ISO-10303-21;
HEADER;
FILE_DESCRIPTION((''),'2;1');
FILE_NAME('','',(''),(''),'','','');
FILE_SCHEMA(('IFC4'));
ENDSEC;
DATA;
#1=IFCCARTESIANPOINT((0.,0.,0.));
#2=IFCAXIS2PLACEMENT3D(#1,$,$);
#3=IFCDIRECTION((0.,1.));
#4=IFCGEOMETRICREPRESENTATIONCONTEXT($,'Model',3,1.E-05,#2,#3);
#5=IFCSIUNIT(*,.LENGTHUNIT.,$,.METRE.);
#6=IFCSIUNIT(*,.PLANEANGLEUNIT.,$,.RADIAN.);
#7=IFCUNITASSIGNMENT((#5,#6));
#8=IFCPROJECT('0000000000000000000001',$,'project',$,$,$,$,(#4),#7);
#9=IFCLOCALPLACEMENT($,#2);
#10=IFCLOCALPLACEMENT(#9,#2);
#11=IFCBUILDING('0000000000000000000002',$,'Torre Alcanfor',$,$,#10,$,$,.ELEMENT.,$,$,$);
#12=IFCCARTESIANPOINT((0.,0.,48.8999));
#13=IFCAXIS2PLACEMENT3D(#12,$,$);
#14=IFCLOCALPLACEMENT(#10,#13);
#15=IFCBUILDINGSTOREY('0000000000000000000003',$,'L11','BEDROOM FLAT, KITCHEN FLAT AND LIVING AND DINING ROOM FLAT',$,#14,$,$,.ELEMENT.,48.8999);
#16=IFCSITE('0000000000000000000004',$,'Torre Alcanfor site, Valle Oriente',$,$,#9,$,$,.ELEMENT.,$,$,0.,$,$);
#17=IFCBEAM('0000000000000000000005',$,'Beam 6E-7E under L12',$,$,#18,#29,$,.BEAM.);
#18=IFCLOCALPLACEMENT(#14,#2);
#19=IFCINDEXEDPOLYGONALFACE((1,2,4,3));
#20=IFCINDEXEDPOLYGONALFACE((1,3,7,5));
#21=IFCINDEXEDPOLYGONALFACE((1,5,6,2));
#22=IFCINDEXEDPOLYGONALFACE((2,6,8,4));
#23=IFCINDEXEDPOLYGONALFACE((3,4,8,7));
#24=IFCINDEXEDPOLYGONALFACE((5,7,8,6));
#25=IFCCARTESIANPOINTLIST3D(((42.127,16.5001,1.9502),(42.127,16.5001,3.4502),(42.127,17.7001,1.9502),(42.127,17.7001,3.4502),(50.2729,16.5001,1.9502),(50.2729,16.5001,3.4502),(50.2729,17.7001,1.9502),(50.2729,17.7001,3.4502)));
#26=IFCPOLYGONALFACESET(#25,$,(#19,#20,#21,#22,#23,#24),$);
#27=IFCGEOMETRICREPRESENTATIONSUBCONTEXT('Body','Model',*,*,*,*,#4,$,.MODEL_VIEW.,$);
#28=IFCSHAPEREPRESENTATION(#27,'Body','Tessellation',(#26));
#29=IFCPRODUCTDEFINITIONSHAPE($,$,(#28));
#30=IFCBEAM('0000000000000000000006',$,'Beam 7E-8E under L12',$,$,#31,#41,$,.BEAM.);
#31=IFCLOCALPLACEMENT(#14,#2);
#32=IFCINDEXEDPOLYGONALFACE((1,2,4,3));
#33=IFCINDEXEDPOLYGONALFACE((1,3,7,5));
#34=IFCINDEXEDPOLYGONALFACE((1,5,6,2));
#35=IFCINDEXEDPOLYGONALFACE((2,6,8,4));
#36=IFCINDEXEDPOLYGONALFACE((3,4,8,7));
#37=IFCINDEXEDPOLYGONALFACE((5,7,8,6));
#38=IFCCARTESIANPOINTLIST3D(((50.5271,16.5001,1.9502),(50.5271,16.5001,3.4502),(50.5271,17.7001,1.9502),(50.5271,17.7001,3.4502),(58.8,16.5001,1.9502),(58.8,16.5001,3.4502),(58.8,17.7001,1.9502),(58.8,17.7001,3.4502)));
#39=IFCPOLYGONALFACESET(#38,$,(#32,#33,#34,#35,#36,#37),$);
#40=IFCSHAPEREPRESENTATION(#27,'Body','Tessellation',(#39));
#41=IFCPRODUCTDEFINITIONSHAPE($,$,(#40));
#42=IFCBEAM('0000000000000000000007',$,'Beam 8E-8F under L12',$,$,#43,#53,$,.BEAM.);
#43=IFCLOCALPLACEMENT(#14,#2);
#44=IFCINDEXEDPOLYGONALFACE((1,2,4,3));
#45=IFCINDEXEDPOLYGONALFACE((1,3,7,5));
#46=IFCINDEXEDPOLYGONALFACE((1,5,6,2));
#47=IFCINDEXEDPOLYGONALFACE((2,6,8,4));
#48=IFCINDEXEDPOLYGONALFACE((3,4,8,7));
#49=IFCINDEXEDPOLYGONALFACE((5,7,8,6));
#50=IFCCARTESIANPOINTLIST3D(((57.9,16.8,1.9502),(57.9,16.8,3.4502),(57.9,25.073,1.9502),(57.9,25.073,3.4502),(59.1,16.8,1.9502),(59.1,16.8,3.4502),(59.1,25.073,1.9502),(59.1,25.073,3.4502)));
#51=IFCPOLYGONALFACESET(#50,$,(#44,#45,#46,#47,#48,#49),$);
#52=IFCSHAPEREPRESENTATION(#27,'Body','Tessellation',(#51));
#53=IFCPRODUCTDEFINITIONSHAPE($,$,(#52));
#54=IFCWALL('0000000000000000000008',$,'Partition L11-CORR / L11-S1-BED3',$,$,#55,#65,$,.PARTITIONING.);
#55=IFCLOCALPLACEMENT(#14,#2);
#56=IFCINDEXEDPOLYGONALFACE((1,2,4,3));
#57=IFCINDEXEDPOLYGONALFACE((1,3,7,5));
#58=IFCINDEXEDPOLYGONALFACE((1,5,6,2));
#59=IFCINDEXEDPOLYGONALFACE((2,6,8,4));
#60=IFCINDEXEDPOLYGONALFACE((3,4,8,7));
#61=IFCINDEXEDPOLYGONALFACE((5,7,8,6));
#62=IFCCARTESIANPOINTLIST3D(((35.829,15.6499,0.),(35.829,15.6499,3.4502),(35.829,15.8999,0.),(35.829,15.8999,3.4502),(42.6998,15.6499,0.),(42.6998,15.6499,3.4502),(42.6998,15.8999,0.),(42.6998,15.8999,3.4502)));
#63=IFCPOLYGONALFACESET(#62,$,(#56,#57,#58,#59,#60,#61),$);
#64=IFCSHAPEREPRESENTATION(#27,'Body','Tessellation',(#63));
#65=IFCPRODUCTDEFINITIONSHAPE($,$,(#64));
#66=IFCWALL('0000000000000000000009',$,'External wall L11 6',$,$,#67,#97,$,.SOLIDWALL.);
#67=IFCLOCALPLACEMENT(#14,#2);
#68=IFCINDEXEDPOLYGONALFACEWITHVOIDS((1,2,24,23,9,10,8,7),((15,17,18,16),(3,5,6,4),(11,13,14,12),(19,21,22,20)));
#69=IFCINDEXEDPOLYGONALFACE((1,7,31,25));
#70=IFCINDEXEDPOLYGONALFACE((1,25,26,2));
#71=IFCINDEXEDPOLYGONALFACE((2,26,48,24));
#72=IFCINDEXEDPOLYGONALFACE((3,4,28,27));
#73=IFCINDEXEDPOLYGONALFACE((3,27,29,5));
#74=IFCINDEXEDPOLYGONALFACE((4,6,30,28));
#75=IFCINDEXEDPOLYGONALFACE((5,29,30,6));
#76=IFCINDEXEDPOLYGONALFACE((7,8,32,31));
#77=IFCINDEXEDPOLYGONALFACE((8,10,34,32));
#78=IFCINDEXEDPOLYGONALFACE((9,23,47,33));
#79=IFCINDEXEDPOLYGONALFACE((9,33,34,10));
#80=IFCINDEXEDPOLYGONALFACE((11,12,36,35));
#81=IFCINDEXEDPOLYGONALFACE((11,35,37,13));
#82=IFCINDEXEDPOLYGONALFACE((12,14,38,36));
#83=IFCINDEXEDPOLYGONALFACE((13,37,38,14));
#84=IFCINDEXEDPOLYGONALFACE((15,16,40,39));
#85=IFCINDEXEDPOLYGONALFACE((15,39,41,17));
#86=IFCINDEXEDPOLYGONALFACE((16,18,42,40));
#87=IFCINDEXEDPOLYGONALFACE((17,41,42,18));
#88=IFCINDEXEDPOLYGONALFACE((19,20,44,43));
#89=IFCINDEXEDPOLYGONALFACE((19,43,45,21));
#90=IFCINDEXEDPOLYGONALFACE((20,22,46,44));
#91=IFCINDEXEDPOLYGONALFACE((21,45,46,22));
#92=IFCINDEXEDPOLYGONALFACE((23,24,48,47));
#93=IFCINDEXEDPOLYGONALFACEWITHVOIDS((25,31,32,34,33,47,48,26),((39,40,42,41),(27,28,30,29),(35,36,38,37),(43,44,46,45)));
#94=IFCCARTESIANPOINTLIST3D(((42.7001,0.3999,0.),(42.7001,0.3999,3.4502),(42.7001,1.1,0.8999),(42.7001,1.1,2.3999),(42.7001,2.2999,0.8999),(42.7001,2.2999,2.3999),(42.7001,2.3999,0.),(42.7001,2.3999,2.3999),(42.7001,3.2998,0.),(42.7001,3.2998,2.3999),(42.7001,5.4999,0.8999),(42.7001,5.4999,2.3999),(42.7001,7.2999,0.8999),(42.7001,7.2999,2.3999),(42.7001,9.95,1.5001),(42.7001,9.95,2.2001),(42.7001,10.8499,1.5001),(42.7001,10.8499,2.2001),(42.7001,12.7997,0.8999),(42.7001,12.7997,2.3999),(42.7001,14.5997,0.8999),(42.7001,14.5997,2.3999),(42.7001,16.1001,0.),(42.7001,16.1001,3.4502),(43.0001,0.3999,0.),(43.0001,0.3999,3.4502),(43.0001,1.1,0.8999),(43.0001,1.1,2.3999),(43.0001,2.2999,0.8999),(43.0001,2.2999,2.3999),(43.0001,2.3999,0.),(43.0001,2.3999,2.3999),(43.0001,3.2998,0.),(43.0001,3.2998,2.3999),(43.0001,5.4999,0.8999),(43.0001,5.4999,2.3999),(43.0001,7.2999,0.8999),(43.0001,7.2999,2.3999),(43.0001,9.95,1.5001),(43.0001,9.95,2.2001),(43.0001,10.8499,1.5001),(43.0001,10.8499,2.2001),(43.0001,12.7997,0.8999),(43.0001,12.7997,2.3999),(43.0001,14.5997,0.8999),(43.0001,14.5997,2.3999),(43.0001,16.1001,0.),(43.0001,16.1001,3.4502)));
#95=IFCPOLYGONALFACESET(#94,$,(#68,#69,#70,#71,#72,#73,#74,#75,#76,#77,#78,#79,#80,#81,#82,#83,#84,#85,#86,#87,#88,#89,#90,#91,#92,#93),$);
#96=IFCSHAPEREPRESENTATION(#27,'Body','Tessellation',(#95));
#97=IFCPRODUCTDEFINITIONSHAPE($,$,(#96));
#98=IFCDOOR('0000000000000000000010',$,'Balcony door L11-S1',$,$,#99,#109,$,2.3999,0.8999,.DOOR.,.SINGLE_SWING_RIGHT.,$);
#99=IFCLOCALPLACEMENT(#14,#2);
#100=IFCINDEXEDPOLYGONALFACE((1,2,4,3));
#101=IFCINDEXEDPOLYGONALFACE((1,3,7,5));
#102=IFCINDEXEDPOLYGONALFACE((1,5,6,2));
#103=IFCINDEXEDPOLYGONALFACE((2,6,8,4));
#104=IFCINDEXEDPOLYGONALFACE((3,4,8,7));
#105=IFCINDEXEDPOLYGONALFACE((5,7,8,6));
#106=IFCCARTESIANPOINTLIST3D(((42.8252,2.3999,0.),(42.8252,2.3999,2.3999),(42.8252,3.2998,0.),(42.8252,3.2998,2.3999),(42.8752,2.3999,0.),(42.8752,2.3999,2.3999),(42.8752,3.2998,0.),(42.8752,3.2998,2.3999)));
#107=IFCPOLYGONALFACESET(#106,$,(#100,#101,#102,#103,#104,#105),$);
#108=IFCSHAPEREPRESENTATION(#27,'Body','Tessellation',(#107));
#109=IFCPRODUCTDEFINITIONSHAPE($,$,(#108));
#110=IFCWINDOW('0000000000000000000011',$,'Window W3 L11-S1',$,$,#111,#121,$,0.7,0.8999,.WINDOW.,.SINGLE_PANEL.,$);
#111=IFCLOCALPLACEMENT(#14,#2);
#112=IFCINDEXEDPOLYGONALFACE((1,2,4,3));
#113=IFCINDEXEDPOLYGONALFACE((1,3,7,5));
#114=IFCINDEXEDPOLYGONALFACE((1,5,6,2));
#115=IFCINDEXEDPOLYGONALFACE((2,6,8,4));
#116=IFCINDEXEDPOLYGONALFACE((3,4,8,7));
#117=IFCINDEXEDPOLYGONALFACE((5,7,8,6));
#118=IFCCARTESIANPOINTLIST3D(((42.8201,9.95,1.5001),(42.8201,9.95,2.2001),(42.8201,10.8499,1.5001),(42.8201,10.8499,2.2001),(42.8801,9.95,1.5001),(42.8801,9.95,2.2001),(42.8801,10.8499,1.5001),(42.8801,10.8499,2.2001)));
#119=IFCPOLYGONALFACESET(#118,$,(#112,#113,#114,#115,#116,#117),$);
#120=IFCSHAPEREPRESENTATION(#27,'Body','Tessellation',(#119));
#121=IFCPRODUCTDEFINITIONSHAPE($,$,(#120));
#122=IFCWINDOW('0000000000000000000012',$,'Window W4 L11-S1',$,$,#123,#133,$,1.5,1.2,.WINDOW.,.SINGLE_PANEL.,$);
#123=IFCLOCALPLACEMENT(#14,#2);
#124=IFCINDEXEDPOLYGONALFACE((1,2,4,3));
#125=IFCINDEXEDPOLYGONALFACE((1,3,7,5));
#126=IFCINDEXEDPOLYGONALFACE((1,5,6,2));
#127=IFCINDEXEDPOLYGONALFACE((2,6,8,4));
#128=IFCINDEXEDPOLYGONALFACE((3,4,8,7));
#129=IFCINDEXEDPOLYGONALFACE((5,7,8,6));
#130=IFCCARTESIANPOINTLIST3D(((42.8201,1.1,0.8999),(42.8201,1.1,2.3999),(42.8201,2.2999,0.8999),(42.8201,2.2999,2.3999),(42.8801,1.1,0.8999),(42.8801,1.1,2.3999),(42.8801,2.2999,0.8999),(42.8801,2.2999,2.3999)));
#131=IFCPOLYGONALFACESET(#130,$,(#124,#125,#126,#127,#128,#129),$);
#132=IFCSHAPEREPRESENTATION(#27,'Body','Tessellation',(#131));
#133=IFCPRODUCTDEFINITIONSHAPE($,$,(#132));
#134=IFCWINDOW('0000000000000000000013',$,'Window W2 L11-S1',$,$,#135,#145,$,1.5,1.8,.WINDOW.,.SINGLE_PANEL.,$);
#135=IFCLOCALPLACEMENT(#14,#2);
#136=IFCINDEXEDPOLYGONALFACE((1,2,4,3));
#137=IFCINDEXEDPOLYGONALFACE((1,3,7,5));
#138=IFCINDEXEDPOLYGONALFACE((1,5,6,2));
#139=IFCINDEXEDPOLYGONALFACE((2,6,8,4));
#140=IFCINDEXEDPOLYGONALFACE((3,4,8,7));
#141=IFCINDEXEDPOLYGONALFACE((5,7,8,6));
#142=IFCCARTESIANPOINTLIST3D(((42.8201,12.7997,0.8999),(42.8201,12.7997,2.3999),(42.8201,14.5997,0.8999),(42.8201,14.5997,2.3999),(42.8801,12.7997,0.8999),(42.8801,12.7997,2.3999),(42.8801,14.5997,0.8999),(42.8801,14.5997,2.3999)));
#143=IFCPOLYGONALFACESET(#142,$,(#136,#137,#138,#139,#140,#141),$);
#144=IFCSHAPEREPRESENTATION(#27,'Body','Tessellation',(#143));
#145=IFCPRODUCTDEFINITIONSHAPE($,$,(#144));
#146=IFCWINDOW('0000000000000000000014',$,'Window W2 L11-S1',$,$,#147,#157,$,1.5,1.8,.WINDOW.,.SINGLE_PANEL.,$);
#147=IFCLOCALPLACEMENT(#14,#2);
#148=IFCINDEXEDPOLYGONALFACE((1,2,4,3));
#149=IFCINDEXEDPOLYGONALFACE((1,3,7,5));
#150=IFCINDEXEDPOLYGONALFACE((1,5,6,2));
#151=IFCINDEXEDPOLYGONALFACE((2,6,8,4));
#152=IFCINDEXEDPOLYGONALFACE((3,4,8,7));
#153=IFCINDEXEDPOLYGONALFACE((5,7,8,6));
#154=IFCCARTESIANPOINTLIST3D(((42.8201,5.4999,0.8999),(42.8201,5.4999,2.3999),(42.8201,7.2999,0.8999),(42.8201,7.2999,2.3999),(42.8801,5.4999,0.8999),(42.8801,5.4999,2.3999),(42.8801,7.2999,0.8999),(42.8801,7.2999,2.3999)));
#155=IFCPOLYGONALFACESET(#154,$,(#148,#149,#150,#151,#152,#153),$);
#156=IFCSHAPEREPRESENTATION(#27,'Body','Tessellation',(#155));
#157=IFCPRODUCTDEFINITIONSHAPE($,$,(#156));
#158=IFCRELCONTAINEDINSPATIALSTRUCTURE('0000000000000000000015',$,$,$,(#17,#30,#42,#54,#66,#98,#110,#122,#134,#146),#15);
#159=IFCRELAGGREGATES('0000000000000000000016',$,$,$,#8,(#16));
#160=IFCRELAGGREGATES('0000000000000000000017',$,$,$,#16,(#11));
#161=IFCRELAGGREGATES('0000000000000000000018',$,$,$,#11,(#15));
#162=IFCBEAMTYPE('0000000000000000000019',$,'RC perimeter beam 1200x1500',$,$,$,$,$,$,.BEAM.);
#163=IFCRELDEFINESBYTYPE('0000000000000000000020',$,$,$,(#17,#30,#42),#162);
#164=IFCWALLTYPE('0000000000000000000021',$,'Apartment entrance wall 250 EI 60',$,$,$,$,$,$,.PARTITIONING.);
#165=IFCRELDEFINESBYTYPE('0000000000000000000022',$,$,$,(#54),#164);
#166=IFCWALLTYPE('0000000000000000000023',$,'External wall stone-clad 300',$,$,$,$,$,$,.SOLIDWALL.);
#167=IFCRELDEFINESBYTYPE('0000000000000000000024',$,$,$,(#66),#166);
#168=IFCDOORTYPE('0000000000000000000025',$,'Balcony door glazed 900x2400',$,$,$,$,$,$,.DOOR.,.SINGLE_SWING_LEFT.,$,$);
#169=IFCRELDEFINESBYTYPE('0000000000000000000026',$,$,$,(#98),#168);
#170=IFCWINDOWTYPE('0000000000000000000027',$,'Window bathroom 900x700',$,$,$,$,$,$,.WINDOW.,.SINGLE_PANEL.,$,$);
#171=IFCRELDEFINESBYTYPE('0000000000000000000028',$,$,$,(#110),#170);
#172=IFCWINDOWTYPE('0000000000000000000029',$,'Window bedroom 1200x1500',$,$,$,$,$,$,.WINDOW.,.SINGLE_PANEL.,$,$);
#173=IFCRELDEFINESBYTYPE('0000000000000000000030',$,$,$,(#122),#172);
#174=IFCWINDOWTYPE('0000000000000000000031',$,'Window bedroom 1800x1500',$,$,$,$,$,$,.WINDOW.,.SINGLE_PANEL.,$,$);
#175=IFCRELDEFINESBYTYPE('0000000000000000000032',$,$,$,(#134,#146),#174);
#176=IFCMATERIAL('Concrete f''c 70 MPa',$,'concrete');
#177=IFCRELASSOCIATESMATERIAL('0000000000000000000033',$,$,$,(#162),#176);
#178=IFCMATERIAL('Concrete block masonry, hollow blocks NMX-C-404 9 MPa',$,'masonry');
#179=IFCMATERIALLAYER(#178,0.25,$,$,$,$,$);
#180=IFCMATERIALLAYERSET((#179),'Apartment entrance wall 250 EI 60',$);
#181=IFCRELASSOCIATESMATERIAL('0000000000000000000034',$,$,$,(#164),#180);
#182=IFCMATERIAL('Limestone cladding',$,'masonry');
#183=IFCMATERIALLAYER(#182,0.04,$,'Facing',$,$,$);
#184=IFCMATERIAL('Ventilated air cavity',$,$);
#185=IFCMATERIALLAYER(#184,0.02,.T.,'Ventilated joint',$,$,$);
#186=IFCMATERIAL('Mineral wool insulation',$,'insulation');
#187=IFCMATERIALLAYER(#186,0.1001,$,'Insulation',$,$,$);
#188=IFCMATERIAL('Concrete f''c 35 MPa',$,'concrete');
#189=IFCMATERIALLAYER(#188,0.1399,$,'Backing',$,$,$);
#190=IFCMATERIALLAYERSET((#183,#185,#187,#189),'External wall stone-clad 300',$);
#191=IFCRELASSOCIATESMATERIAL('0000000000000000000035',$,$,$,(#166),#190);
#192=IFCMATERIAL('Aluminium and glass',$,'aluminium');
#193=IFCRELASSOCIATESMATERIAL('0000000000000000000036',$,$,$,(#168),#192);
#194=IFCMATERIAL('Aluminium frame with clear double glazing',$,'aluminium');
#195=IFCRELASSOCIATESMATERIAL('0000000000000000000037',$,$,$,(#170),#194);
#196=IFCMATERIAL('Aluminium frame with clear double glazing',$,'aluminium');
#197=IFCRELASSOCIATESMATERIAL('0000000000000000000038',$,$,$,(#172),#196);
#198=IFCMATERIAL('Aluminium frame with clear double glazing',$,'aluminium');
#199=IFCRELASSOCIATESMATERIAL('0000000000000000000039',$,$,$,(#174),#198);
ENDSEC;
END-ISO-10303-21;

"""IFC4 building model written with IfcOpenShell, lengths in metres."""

from ifc_helpers import new_model, si_unit, direction, frame, frame_2d, origin, origin_2d, place, context, subcontext, project, spatial, rectangle, extrude, material, layer, layer_set, material_profile, profile_set, type_object, element, fill, save


model = new_model("IFC4")

# Units and contexts
model_context = context("Model", 3, precision=1e-05, world=origin(), true_north=direction((0.0, 1.0)))
body_context = subcontext(model_context, "Body", "Model", "MODEL_VIEW")
ifc_project = project(units=[si_unit("LENGTHUNIT", "METRE"), si_unit("PLANEANGLEUNIT", "RADIAN")], contexts=[model_context])

# Site, building, storey
site_placement = place(None, origin())
site = spatial("IfcSite", under=ifc_project, at=site_placement, Name="Torre Alcanfor site, Valle Oriente", CompositionType="ELEMENT", RefElevation=0.0)
building_placement = place(site_placement, origin())
building = spatial("IfcBuilding", under=site, at=building_placement, Name="Torre Alcanfor", CompositionType="ELEMENT")
storey_placement = place(building_placement, frame((0.0, 0.0, 48.8999)))
storey = spatial("IfcBuildingStorey", under=building, at=storey_placement, Name="L11", Description="BEDROOM FLAT, KITCHEN FLAT AND LIVING AND DINING ROOM FLAT", CompositionType="ELEMENT", Elevation=48.8999)

# Beams
ifc_material_1 = material(Name="Concrete f'c 70 MPa", Category="concrete")
ifc_material_profile_1 = material_profile(ifc_material_1, rectangle(XDim=1.2, YDim=1.5, at=origin_2d()), Name="1200x1500")
ifc_profile_set_1 = profile_set([ifc_material_profile_1], Name="Concrete f'c 70 MPa")
beam_type_1 = type_object("IfcBeamType", Name="RC perimeter beam 1200x1500", PredefinedType="BEAM", material=ifc_profile_set_1)
beam_1_placement = place(storey_placement, frame((42.127, 17.1001, 2.7002), z_axis=(1.0, 0.0, 0.0), x_axis=(0.0, 1.0, 0.0)))
element("IfcBeam", 1, at=beam_1_placement, inside=storey, type_object=beam_type_1, Name="Beam 6E-7E under L12", PredefinedType="BEAM", context=body_context, shape_type="SweptSolid", body=[
    extrude(rectangle(XDim=1.2, YDim=1.5, at=origin_2d()), origin(), (0.0, 0.0, 1.0), 8.146),
])
for number, where, z_axis, x_axis, name in (
    (2, (50.5271, 17.1001, 2.7002), (1.0, 0.0, 0.0), (0.0, 1.0, 0.0), "Beam 7E-8E under L12"),
    (3, (58.5, 16.8, 2.7002), (0.0, 1.0, 0.0), (-1.0, 0.0, 0.0), "Beam 8E-8F under L12"),
):
    element("IfcBeam", number, at=place(storey_placement, frame(where, z_axis=z_axis, x_axis=x_axis)), inside=storey, type_object=beam_type_1, Name=name, PredefinedType="BEAM", context=body_context, shape_type="SweptSolid", body=[
        extrude(rectangle(XDim=1.2, YDim=1.5, at=origin_2d()), origin(), (0.0, 0.0, 1.0), 8.2729),
    ])

# Wall
ifc_material_2 = material(Name="Concrete block masonry, hollow blocks NMX-C-404 9 MPa", Category="masonry")
ifc_layer_1 = layer(ifc_material_2, 0.25)
ifc_layer_set_1 = layer_set([ifc_layer_1], Name="Apartment entrance wall 250 EI 60")
wall_type_1 = type_object("IfcWallType", Name="Apartment entrance wall 250 EI 60", PredefinedType="PARTITIONING", material=ifc_layer_set_1)
wall_1_placement = place(storey_placement, frame((42.7, 15.7749, 0.0), z_axis=(0.0, 0.0, 1.0), x_axis=(-1.0, 0.0, 0.0)))
element("IfcWall", 4, at=wall_1_placement, inside=storey, type_object=wall_type_1, Name="Partition L11-CORR / L11-S1-BED3", PredefinedType="PARTITIONING", context=body_context, shape_type="SweptSolid", body=[
    extrude(rectangle(XDim=6.8708, YDim=0.25, at=frame_2d((3.4355, 0.0))), origin(), (0.0, 0.0, 1.0), 3.4502),
])

# Wall, openings, door, windows
ifc_material_3 = material(Name="Limestone cladding", Category="masonry")
ifc_layer_2 = layer(ifc_material_3, 0.04, Name="Facing")
ifc_material_4 = material(Name="Ventilated air cavity")
ifc_layer_3 = layer(ifc_material_4, 0.02, ventilated=True, Name="Ventilated joint")
ifc_material_5 = material(Name="Mineral wool insulation", Category="insulation")
ifc_layer_4 = layer(ifc_material_5, 0.1001, Name="Insulation")
ifc_material_6 = material(Name="Concrete f'c 35 MPa", Category="concrete")
ifc_layer_5 = layer(ifc_material_6, 0.1399, Name="Backing")
ifc_layer_set_2 = layer_set([ifc_layer_2, ifc_layer_3, ifc_layer_4, ifc_layer_5], Name="External wall stone-clad 300")
wall_type_2 = type_object("IfcWallType", Name="External wall stone-clad 300", PredefinedType="SOLIDWALL", material=ifc_layer_set_2)
wall_2_placement = place(storey_placement, frame((42.8501, 0.3999, 0.0), z_axis=(0.0, 0.0, 1.0), x_axis=(0.0, 1.0, 0.0)))
wall_2 = element("IfcWall", 5, at=wall_2_placement, inside=storey, type_object=wall_type_2, Name="External wall L11 6", PredefinedType="SOLIDWALL", context=body_context, shape_type="SweptSolid", body=[
    extrude(rectangle(XDim=15.7002, YDim=0.3, at=frame_2d((7.8501, 0.0))), origin(), (0.0, 0.0, 1.0), 3.4502),
])
opening_1_placement = place(wall_2_placement, frame((12.3999, 0.0, 0.8999)))
opening_1 = element("IfcOpeningElement", 6, at=opening_1_placement, cuts=wall_2, PredefinedType="OPENING", context=body_context, shape_type="SweptSolid", body=[
    extrude(rectangle(XDim=1.8, YDim=1.5, at=frame_2d((0.8999, 0.75))), frame((0.0, 0.1599, 0.0), z_axis=(0.0, -1.0, 0.0), x_axis=(1.0, 0.0, 0.0)), (0.0, 0.0, 1.0), 0.3201),
])
opening_2_placement = place(wall_2_placement, frame((9.55, 0.0, 1.5)))
opening_2 = element("IfcOpeningElement", 7, at=opening_2_placement, cuts=wall_2, PredefinedType="OPENING", context=body_context, shape_type="SweptSolid", body=[
    extrude(rectangle(XDim=0.8999, YDim=0.7, at=frame_2d((0.45, 0.3501))), frame((0.0, 0.1599, 0.0), z_axis=(0.0, -1.0, 0.0), x_axis=(1.0, 0.0, 0.0)), (0.0, 0.0, 1.0), 0.3201),
])
opening_3_placement = place(wall_2_placement, frame((5.1001, 0.0, 0.8999)))
opening_3 = element("IfcOpeningElement", 8, at=opening_3_placement, cuts=wall_2, PredefinedType="OPENING", context=body_context, shape_type="SweptSolid", body=[
    extrude(rectangle(XDim=1.8, YDim=1.5, at=frame_2d((0.8999, 0.75))), frame((0.0, 0.1599, 0.0), z_axis=(0.0, -1.0, 0.0), x_axis=(1.0, 0.0, 0.0)), (0.0, 0.0, 1.0), 0.3201),
])
opening_4_placement = place(wall_2_placement, frame((2.0, 0.0, 0.0)))
opening_4 = element("IfcOpeningElement", 9, at=opening_4_placement, cuts=wall_2, PredefinedType="OPENING", context=body_context, shape_type="SweptSolid", body=[
    extrude(rectangle(XDim=0.8999, YDim=2.3999, at=frame_2d((0.45, 1.2))), frame((0.0, 0.1599, 0.0), z_axis=(0.0, -1.0, 0.0), x_axis=(1.0, 0.0, 0.0)), (0.0, 0.0, 1.0), 0.3201),
])
opening_5_placement = place(wall_2_placement, frame((0.7, 0.0, 0.8999)))
opening_5 = element("IfcOpeningElement", 10, at=opening_5_placement, cuts=wall_2, PredefinedType="OPENING", context=body_context, shape_type="SweptSolid", body=[
    extrude(rectangle(XDim=1.2, YDim=1.5, at=frame_2d((0.6001, 0.75))), frame((0.0, 0.1599, 0.0), z_axis=(0.0, -1.0, 0.0), x_axis=(1.0, 0.0, 0.0)), (0.0, 0.0, 1.0), 0.3201),
])
ifc_material_7 = material(Name="Aluminium and glass", Category="aluminium")
door_type = type_object("IfcDoorType", Name="Balcony door glazed 900x2400", OperationType="SINGLE_SWING_LEFT", PredefinedType="DOOR", material=ifc_material_7)
door_1_placement = place(opening_4_placement, origin())
door_1 = element("IfcDoor", 11, at=door_1_placement, inside=storey, type_object=door_type, Name="Balcony door L11-S1", OperationType="SINGLE_SWING_RIGHT", OverallHeight=2.3999, OverallWidth=0.8999, PredefinedType="DOOR", context=body_context, shape_type="SweptSolid", body=[
    extrude(rectangle(XDim=0.8999, YDim=2.3999, at=frame_2d((0.45, 1.2))), frame((0.0, 0.0249, 0.0), z_axis=(0.0, -1.0, 0.0), x_axis=(1.0, 0.0, 0.0)), (0.0, 0.0, 1.0), 0.05),
])
fill(opening_4, door_1)
ifc_material_8 = material(Name="Aluminium frame with clear double glazing", Category="aluminium")
window_type_1 = type_object("IfcWindowType", Name="Window bathroom 900x700", PartitioningType="SINGLE_PANEL", PredefinedType="WINDOW", material=ifc_material_8)
window_1_placement = place(opening_2_placement, origin())
window_1 = element("IfcWindow", 12, at=window_1_placement, inside=storey, type_object=window_type_1, Name="Window W3 L11-S1", OverallHeight=0.7, OverallWidth=0.8999, PartitioningType="SINGLE_PANEL", PredefinedType="WINDOW", context=body_context, shape_type="SweptSolid", body=[
    extrude(rectangle(XDim=0.8999, YDim=0.7, at=frame_2d((0.45, 0.3501))), frame((0.0, 0.03, 0.0), z_axis=(0.0, -1.0, 0.0), x_axis=(1.0, 0.0, 0.0)), (0.0, 0.0, 1.0), 0.0601),
])
fill(opening_2, window_1)
ifc_material_9 = material(Name="Aluminium frame with clear double glazing", Category="aluminium")
window_type_2 = type_object("IfcWindowType", Name="Window bedroom 1200x1500", PartitioningType="SINGLE_PANEL", PredefinedType="WINDOW", material=ifc_material_9)
window_2_placement = place(opening_5_placement, origin())
window_2 = element("IfcWindow", 13, at=window_2_placement, inside=storey, type_object=window_type_2, Name="Window W4 L11-S1", OverallHeight=1.5, OverallWidth=1.2, PartitioningType="SINGLE_PANEL", PredefinedType="WINDOW", context=body_context, shape_type="SweptSolid", body=[
    extrude(rectangle(XDim=1.2, YDim=1.5, at=frame_2d((0.6001, 0.75))), frame((0.0, 0.03, 0.0), z_axis=(0.0, -1.0, 0.0), x_axis=(1.0, 0.0, 0.0)), (0.0, 0.0, 1.0), 0.0601),
])
fill(opening_5, window_2)
ifc_material_10 = material(Name="Aluminium frame with clear double glazing", Category="aluminium")
window_type_3 = type_object("IfcWindowType", Name="Window bedroom 1800x1500", PartitioningType="SINGLE_PANEL", PredefinedType="WINDOW", material=ifc_material_10)
window_3_placement = place(opening_1_placement, origin())
window_3 = element("IfcWindow", 14, at=window_3_placement, inside=storey, type_object=window_type_3, Name="Window W2 L11-S1", OverallHeight=1.5, OverallWidth=1.8, PartitioningType="SINGLE_PANEL", PredefinedType="WINDOW", context=body_context, shape_type="SweptSolid", body=[
    extrude(rectangle(XDim=1.8, YDim=1.5, at=frame_2d((0.8999, 0.75))), frame((0.0, 0.03, 0.0), z_axis=(0.0, -1.0, 0.0), x_axis=(1.0, 0.0, 0.0)), (0.0, 0.0, 1.0), 0.0601),
])
fill(opening_1, window_3)
window_4_placement = place(opening_3_placement, origin())
window_4 = element("IfcWindow", 15, at=window_4_placement, inside=storey, type_object=window_type_3, Name="Window W2 L11-S1", OverallHeight=1.5, OverallWidth=1.8, PartitioningType="SINGLE_PANEL", PredefinedType="WINDOW", context=body_context, shape_type="SweptSolid", body=[
    extrude(rectangle(XDim=1.8, YDim=1.5, at=frame_2d((0.8999, 0.75))), frame((0.0, 0.03, 0.0), z_axis=(0.0, -1.0, 0.0), x_axis=(1.0, 0.0, 0.0)), (0.0, 0.0, 1.0), 0.0601),
])
fill(opening_3, window_4)

save(model, "model.ifc")
